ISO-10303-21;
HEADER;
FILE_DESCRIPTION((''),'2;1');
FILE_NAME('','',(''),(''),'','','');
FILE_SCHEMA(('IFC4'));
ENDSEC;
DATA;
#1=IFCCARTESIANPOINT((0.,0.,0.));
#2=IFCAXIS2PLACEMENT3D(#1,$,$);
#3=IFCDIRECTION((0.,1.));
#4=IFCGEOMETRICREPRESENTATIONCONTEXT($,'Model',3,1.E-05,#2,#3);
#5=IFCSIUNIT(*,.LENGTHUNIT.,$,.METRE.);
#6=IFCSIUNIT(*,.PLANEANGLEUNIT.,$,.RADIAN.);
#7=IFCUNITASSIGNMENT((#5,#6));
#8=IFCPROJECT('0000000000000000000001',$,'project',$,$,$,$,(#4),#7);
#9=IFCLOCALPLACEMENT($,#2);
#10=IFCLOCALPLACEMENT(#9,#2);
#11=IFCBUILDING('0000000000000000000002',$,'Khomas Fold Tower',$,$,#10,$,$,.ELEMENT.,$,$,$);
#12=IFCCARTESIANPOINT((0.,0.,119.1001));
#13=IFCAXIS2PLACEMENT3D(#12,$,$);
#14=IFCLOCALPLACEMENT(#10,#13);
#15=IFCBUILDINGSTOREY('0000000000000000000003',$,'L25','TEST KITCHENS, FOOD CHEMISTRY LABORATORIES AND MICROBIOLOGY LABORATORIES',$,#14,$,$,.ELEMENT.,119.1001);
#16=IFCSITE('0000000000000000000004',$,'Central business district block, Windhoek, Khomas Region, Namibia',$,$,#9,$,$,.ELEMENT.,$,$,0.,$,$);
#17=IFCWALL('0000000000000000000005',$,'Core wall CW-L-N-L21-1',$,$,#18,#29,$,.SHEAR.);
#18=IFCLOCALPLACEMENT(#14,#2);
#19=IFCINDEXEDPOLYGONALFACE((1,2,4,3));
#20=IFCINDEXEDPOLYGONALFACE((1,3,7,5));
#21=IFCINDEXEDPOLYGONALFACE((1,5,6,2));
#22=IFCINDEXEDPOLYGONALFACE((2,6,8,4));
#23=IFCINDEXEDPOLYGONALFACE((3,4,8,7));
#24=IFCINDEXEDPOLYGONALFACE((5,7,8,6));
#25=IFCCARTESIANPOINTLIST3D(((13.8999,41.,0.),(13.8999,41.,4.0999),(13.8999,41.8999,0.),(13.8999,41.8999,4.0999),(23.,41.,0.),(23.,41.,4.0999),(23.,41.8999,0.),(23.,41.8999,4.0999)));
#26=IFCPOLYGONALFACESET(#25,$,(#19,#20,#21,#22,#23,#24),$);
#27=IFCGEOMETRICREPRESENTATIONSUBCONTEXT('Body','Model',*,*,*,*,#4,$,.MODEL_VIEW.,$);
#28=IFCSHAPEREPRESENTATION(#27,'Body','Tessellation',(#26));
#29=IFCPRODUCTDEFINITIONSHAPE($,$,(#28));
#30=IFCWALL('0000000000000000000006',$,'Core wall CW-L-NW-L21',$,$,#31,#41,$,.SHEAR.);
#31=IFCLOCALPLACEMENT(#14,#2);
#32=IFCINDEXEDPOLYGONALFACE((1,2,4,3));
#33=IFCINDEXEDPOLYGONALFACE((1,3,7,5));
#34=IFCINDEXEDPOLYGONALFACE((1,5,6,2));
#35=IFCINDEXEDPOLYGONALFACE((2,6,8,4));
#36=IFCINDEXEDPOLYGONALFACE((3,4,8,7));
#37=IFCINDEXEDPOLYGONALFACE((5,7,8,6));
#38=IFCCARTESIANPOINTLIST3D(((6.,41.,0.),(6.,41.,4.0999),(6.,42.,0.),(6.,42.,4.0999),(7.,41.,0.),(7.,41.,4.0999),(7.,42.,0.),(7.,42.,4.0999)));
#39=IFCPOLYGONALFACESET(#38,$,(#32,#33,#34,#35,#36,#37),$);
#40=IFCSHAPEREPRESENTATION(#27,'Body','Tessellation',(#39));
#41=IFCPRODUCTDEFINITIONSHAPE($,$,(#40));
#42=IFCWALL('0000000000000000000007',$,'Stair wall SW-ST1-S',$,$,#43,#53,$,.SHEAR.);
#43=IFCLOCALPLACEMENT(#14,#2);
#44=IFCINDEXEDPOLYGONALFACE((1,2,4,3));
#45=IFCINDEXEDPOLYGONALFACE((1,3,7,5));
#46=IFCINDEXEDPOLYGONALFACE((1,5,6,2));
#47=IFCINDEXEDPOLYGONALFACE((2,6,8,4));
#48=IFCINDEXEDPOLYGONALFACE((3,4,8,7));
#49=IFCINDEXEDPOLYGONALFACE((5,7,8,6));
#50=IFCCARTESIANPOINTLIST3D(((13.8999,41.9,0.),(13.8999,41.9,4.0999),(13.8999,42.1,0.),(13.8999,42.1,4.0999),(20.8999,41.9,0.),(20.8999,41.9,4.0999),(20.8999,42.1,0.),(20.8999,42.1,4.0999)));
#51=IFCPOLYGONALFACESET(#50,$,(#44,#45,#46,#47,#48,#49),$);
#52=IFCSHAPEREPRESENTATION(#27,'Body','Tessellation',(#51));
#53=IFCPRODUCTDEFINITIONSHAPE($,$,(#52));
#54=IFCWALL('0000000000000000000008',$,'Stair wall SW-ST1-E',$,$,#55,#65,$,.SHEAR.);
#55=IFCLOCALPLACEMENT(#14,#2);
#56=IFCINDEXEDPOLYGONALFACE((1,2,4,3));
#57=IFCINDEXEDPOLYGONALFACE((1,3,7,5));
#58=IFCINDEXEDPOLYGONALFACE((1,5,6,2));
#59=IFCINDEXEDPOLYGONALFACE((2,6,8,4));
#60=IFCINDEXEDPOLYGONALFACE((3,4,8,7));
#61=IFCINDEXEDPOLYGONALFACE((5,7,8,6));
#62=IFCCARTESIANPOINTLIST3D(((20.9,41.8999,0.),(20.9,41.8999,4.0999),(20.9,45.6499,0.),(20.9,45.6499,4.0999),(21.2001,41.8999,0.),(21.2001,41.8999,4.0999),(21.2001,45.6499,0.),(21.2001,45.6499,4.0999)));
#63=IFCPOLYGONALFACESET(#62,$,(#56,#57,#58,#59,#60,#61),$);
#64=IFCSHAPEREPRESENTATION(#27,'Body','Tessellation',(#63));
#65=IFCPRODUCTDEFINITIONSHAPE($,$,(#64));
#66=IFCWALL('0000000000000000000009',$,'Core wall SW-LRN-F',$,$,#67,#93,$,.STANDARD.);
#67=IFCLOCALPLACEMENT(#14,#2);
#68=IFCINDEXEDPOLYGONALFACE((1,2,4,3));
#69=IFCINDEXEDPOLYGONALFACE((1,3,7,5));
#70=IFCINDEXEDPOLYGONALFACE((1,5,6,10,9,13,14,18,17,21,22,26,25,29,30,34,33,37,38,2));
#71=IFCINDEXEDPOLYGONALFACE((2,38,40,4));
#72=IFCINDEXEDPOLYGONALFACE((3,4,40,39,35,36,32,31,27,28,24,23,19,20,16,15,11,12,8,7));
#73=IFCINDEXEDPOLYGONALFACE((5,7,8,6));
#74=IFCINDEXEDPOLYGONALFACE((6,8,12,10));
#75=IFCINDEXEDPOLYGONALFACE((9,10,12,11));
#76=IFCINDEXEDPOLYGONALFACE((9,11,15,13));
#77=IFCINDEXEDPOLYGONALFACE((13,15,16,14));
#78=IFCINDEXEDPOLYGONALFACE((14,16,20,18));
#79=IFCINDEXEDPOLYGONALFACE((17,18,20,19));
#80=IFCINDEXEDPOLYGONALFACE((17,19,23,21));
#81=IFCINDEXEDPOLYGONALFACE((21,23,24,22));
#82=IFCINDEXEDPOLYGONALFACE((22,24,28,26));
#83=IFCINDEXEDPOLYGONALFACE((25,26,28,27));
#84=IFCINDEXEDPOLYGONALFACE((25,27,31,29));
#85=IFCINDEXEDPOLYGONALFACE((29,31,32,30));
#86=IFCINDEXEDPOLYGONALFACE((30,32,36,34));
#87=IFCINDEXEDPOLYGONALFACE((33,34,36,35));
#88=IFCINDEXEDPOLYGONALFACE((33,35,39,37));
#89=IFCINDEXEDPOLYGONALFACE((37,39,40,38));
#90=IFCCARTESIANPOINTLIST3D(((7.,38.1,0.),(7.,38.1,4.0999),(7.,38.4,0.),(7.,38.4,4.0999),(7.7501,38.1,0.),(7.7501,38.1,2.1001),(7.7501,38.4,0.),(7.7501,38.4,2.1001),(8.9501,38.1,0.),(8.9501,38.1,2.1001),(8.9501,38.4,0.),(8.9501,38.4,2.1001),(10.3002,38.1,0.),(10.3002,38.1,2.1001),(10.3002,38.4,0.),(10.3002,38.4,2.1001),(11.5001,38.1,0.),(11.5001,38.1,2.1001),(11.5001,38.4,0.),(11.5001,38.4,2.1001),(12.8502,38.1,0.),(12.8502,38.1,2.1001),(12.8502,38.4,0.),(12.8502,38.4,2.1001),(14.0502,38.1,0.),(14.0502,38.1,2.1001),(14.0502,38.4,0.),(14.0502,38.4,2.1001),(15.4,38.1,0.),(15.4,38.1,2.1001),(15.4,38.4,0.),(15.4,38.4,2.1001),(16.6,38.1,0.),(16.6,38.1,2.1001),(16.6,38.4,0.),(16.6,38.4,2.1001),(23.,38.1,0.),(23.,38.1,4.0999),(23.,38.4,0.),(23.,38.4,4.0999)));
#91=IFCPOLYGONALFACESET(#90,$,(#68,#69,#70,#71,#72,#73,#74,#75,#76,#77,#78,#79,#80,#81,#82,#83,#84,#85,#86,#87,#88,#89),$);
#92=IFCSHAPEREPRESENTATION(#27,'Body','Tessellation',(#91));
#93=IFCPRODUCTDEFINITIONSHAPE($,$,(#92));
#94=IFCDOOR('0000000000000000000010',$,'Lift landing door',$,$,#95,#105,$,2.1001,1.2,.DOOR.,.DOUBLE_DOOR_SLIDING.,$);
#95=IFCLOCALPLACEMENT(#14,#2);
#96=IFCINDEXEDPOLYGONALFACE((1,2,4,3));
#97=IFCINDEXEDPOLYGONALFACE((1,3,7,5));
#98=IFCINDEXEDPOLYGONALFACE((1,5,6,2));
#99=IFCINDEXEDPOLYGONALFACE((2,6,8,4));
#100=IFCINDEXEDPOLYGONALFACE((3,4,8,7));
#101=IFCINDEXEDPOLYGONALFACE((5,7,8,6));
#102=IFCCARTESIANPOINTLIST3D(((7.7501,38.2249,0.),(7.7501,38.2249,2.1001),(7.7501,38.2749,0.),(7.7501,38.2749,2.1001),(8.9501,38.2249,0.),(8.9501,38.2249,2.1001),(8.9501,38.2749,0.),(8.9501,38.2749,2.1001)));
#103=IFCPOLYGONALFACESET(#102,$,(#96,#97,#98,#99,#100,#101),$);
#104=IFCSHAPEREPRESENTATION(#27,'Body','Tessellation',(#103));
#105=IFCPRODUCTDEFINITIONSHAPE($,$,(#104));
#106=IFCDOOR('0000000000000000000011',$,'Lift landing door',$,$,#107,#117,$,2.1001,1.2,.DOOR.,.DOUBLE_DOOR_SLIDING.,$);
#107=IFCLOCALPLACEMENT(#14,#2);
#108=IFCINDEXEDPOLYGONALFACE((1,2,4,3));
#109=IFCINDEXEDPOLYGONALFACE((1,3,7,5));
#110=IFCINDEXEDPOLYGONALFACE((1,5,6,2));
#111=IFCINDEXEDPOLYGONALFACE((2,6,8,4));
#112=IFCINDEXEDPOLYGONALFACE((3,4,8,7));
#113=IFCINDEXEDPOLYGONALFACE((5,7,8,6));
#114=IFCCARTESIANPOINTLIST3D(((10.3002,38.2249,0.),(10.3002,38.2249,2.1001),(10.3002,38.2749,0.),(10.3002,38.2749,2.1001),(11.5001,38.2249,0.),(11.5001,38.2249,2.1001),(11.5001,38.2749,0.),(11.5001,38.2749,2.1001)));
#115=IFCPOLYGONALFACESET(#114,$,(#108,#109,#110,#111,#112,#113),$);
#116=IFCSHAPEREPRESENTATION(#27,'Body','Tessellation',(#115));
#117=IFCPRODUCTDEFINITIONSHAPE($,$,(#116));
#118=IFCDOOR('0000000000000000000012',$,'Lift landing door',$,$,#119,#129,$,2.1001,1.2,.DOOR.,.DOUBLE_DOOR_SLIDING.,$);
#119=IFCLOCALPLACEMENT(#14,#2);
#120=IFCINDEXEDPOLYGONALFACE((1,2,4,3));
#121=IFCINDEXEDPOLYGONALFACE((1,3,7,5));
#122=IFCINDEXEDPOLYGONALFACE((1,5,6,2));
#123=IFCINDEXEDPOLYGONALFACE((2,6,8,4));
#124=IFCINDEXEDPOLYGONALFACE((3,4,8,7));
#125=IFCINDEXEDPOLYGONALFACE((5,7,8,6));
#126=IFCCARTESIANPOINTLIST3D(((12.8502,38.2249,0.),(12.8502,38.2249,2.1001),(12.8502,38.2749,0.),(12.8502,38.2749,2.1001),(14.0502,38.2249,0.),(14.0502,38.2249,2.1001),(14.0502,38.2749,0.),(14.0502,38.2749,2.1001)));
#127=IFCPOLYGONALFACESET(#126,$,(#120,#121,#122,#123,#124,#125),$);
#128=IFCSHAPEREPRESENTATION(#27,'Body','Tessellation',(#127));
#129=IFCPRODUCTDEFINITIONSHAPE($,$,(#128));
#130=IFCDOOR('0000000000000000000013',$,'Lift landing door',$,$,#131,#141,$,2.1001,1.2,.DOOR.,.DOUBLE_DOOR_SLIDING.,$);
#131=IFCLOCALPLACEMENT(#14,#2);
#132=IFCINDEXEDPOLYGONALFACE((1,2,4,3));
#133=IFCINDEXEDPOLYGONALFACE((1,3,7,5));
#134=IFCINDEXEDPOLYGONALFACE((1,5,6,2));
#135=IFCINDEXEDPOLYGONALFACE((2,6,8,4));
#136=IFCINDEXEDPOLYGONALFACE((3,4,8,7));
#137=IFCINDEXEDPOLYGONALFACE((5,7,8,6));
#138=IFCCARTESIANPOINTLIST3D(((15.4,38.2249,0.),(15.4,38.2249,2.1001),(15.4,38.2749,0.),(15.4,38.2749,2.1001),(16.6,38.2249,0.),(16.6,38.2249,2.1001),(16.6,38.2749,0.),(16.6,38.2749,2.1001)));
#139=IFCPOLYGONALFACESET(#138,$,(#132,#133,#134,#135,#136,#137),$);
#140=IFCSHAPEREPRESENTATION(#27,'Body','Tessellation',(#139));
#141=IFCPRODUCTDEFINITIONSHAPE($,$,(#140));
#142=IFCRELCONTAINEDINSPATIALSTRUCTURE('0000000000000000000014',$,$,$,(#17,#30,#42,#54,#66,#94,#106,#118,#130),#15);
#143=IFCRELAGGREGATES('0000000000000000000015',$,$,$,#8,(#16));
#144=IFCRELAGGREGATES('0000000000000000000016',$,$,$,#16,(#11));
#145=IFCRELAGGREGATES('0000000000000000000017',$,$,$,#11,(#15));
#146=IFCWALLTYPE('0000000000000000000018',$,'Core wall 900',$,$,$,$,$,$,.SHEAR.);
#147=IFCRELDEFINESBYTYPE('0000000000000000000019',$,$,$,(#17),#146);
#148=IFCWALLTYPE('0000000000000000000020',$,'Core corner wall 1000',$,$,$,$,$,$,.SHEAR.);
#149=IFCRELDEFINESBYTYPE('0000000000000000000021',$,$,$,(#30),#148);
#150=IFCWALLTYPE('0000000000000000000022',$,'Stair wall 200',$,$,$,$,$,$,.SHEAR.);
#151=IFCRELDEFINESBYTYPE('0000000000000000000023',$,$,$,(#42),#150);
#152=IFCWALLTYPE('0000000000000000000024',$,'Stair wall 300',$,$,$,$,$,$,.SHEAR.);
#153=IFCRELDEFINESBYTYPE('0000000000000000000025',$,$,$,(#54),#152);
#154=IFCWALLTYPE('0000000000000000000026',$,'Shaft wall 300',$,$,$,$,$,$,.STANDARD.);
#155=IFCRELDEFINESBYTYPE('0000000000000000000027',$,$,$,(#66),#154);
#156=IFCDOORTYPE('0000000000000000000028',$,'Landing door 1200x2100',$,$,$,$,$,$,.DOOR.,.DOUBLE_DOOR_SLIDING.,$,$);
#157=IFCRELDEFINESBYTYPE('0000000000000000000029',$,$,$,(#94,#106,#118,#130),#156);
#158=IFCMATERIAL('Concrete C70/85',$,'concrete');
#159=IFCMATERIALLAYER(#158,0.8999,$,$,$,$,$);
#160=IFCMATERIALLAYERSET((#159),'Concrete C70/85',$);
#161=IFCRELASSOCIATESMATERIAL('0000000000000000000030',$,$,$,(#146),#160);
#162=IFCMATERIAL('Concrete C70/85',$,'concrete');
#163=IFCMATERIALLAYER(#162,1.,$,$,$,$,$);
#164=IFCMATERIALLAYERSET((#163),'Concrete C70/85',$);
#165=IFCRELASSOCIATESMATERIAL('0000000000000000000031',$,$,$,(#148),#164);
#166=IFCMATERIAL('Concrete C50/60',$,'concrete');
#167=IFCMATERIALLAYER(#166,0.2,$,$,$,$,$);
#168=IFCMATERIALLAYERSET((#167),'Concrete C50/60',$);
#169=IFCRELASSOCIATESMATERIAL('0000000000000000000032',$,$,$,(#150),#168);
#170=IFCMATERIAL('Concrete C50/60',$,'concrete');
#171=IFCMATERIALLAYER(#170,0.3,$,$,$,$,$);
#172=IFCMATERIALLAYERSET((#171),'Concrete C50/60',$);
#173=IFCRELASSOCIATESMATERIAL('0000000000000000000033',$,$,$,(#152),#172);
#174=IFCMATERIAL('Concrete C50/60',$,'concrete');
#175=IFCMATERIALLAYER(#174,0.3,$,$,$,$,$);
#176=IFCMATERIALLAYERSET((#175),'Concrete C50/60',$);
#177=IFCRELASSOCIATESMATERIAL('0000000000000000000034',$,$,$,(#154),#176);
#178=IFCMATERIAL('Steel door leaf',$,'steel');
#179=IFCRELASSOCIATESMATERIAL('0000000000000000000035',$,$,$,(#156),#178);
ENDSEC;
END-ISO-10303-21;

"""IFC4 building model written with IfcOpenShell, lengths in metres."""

from ifc_helpers import new_model, si_unit, direction, frame, frame_2d, origin, place, context, subcontext, project, spatial, rectangle, extrude, source, transform, mapped, material, layer, layer_set, type_object, element, fill, save


model = new_model("IFC4")

# Units and contexts
model_context = context("Model", 3, precision=1e-05, world=origin(), true_north=direction((0.0, 1.0)))
body_context = subcontext(model_context, "Body", "Model", "MODEL_VIEW")
ifc_project = project(units=[si_unit("LENGTHUNIT", "METRE"), si_unit("PLANEANGLEUNIT", "RADIAN")], contexts=[model_context])

# Site, building, storey
site_placement = place(None, origin())
site = spatial("IfcSite", under=ifc_project, at=site_placement, Name="Central business district block, Windhoek, Khomas Region, Namibia", CompositionType="ELEMENT", RefElevation=0.0)
building_placement = place(site_placement, origin())
building = spatial("IfcBuilding", under=site, at=building_placement, Name="Khomas Fold Tower", CompositionType="ELEMENT")
storey_placement = place(building_placement, frame((0.0, 0.0, 119.1001)))
storey = spatial("IfcBuildingStorey", under=building, at=storey_placement, Name="L25", Description="TEST KITCHENS, FOOD CHEMISTRY LABORATORIES AND MICROBIOLOGY LABORATORIES", CompositionType="ELEMENT", Elevation=119.1001)

# Walls
ifc_material_1 = material(Name="Concrete C70/85", Category="concrete")
ifc_layer_1 = layer(ifc_material_1, 0.8999)
ifc_layer_set_1 = layer_set([ifc_layer_1], Name="Concrete C70/85")
wall_type_1 = type_object("IfcWallType", Name="Core wall 900", PredefinedType="SHEAR", material=ifc_layer_set_1)
shared_shape_1 = source(origin(), body_context, "Body", "SweptSolid", [
    extrude(rectangle(XDim=9.1001, YDim=0.8999, at=frame_2d((4.55, 0.0))), origin(), (0.0, 0.0, 1.0), 4.0999),
])
wall_1_placement = place(storey_placement, frame((13.8999, 41.45, 0.0), z_axis=(0.0, 0.0, 1.0), x_axis=(1.0, 0.0, 0.0)))
element("IfcWall", 1, at=wall_1_placement, inside=storey, type_object=wall_type_1, Name="Core wall CW-L-N-L21-1", PredefinedType="SHEAR", context=body_context, shape_type="MappedRepresentation", body=[
    mapped(shared_shape_1, transform((0.0, 0.0, 0.0))),
])
ifc_material_2 = material(Name="Concrete C70/85", Category="concrete")
ifc_layer_2 = layer(ifc_material_2, 1.0)
ifc_layer_set_2 = layer_set([ifc_layer_2], Name="Concrete C70/85")
wall_type_2 = type_object("IfcWallType", Name="Core corner wall 1000", PredefinedType="SHEAR", material=ifc_layer_set_2)
shared_shape_2 = source(origin(), body_context, "Body", "SweptSolid", [
    extrude(rectangle(XDim=1.0, YDim=1.0, at=frame_2d((0.5, 0.0))), origin(), (0.0, 0.0, 1.0), 4.0999),
])
wall_2_placement = place(storey_placement, frame((6.0, 41.5, 0.0), z_axis=(0.0, 0.0, 1.0), x_axis=(1.0, 0.0, 0.0)))
element("IfcWall", 2, at=wall_2_placement, inside=storey, type_object=wall_type_2, Name="Core wall CW-L-NW-L21", PredefinedType="SHEAR", context=body_context, shape_type="MappedRepresentation", body=[
    mapped(shared_shape_2, transform((0.0, 0.0, 0.0))),
])
ifc_material_3 = material(Name="Concrete C50/60", Category="concrete")
ifc_layer_3 = layer(ifc_material_3, 0.2)
ifc_layer_set_3 = layer_set([ifc_layer_3], Name="Concrete C50/60")
wall_type_3 = type_object("IfcWallType", Name="Stair wall 200", PredefinedType="SHEAR", material=ifc_layer_set_3)
shared_shape_3 = source(origin(), body_context, "Body", "SweptSolid", [
    extrude(rectangle(XDim=7.0, YDim=0.2, at=frame_2d((3.5, 0.0))), origin(), (0.0, 0.0, 1.0), 4.0999),
])
wall_3_placement = place(storey_placement, frame((13.8999, 42.0, 0.0), z_axis=(0.0, 0.0, 1.0), x_axis=(1.0, 0.0, 0.0)))
element("IfcWall", 3, at=wall_3_placement, inside=storey, type_object=wall_type_3, Name="Stair wall SW-ST1-S", PredefinedType="SHEAR", context=body_context, shape_type="MappedRepresentation", body=[
    mapped(shared_shape_3, transform((0.0, 0.0, 0.0))),
])
ifc_material_4 = material(Name="Concrete C50/60", Category="concrete")
ifc_layer_4 = layer(ifc_material_4, 0.3)
ifc_layer_set_4 = layer_set([ifc_layer_4], Name="Concrete C50/60")
wall_type_4 = type_object("IfcWallType", Name="Stair wall 300", PredefinedType="SHEAR", material=ifc_layer_set_4)
shared_shape_4 = source(origin(), body_context, "Body", "SweptSolid", [
    extrude(rectangle(XDim=3.75, YDim=0.3, at=frame_2d((1.875, 0.0))), origin(), (0.0, 0.0, 1.0), 4.0999),
])
wall_4_placement = place(storey_placement, frame((21.05, 41.8999, 0.0), z_axis=(0.0, 0.0, 1.0), x_axis=(0.0, 1.0, 0.0)))
element("IfcWall", 4, at=wall_4_placement, inside=storey, type_object=wall_type_4, Name="Stair wall SW-ST1-E", PredefinedType="SHEAR", context=body_context, shape_type="MappedRepresentation", body=[
    mapped(shared_shape_4, transform((0.0, 0.0, 0.0))),
])

# Wall, openings, doors
ifc_material_5 = material(Name="Concrete C50/60", Category="concrete")
ifc_layer_5 = layer(ifc_material_5, 0.3)
ifc_layer_set_5 = layer_set([ifc_layer_5], Name="Concrete C50/60")
wall_type_5 = type_object("IfcWallType", Name="Shaft wall 300", PredefinedType="STANDARD", material=ifc_layer_set_5)
shared_shape_5 = source(origin(), body_context, "Body", "SweptSolid", [
    extrude(rectangle(XDim=16.0, YDim=0.3, at=frame_2d((8.0, 0.0))), origin(), (0.0, 0.0, 1.0), 4.0999),
])
wall_5_placement = place(storey_placement, frame((7.0, 38.25, 0.0), z_axis=(0.0, 0.0, 1.0), x_axis=(1.0, 0.0, 0.0)))
wall_5 = element("IfcWall", 5, at=wall_5_placement, inside=storey, type_object=wall_type_5, Name="Core wall SW-LRN-F", PredefinedType="STANDARD", context=body_context, shape_type="MappedRepresentation", body=[
    mapped(shared_shape_5, transform((0.0, 0.0, 0.0))),
])
shared_shape_6 = source(origin(), body_context, "Body", "SweptSolid", [
    extrude(rectangle(XDim=1.2, YDim=2.1001, at=frame_2d((0.6001, 1.05))), frame((0.0, 0.1599, 0.0), z_axis=(0.0, -1.0, 0.0), x_axis=(1.0, 0.0, 0.0)), (0.0, 0.0, 1.0), 0.3201),
])
opening_1_placement = place(wall_5_placement, frame((0.75, 0.0, 0.0)))
opening_1 = element("IfcOpeningElement", 6, at=opening_1_placement, cuts=wall_5, PredefinedType="OPENING", context=body_context, shape_type="MappedRepresentation", body=[
    mapped(shared_shape_6, transform((0.0, 0.0, 0.0))),
])
opening_2_placement = place(wall_5_placement, frame((3.3, 0.0, 0.0)))
opening_2 = element("IfcOpeningElement", 7, at=opening_2_placement, cuts=wall_5, PredefinedType="OPENING", context=body_context, shape_type="MappedRepresentation", body=[
    mapped(shared_shape_6, transform((0.0, 0.0, 0.0))),
])
opening_3_placement = place(wall_5_placement, frame((5.8501, 0.0, 0.0)))
opening_3 = element("IfcOpeningElement", 8, at=opening_3_placement, cuts=wall_5, PredefinedType="OPENING", context=body_context, shape_type="MappedRepresentation", body=[
    mapped(shared_shape_6, transform((0.0, 0.0, 0.0))),
])
opening_4_placement = place(wall_5_placement, frame((8.3999, 0.0, 0.0)))
opening_4 = element("IfcOpeningElement", 9, at=opening_4_placement, cuts=wall_5, PredefinedType="OPENING", context=body_context, shape_type="MappedRepresentation", body=[
    mapped(shared_shape_6, transform((0.0, 0.0, 0.0))),
])
ifc_material_6 = material(Name="Steel door leaf", Category="steel")
door_type = type_object("IfcDoorType", Name="Landing door 1200x2100", OperationType="DOUBLE_DOOR_SLIDING", PredefinedType="DOOR", material=ifc_material_6)
shared_shape_7 = source(origin(), body_context, "Body", "SweptSolid", [
    extrude(rectangle(XDim=1.2, YDim=2.1001, at=frame_2d((0.6001, 1.05))), frame((0.0, 0.0249, 0.0), z_axis=(0.0, -1.0, 0.0), x_axis=(1.0, 0.0, 0.0)), (0.0, 0.0, 1.0), 0.05),
])
door_1_placement = place(opening_1_placement, origin())
door_1 = element("IfcDoor", 10, at=door_1_placement, inside=storey, type_object=door_type, Name="Lift landing door", OperationType="DOUBLE_DOOR_SLIDING", OverallHeight=2.1001, OverallWidth=1.2, PredefinedType="DOOR", context=body_context, shape_type="MappedRepresentation", body=[
    mapped(shared_shape_7, transform((0.0, 0.0, 0.0))),
])
fill(opening_1, door_1)
door_2_placement = place(opening_2_placement, origin())
door_2 = element("IfcDoor", 11, at=door_2_placement, inside=storey, type_object=door_type, Name="Lift landing door", OperationType="DOUBLE_DOOR_SLIDING", OverallHeight=2.1001, OverallWidth=1.2, PredefinedType="DOOR", context=body_context, shape_type="MappedRepresentation", body=[
    mapped(shared_shape_7, transform((0.0, 0.0, 0.0))),
])
fill(opening_2, door_2)
door_3_placement = place(opening_3_placement, origin())
door_3 = element("IfcDoor", 12, at=door_3_placement, inside=storey, type_object=door_type, Name="Lift landing door", OperationType="DOUBLE_DOOR_SLIDING", OverallHeight=2.1001, OverallWidth=1.2, PredefinedType="DOOR", context=body_context, shape_type="MappedRepresentation", body=[
    mapped(shared_shape_7, transform((0.0, 0.0, 0.0))),
])
fill(opening_3, door_3)
door_4_placement = place(opening_4_placement, origin())
door_4 = element("IfcDoor", 13, at=door_4_placement, inside=storey, type_object=door_type, Name="Lift landing door", OperationType="DOUBLE_DOOR_SLIDING", OverallHeight=2.1001, OverallWidth=1.2, PredefinedType="DOOR", context=body_context, shape_type="MappedRepresentation", body=[
    mapped(shared_shape_7, transform((0.0, 0.0, 0.0))),
])
fill(opening_4, door_4)

save(model, "model.ifc")
